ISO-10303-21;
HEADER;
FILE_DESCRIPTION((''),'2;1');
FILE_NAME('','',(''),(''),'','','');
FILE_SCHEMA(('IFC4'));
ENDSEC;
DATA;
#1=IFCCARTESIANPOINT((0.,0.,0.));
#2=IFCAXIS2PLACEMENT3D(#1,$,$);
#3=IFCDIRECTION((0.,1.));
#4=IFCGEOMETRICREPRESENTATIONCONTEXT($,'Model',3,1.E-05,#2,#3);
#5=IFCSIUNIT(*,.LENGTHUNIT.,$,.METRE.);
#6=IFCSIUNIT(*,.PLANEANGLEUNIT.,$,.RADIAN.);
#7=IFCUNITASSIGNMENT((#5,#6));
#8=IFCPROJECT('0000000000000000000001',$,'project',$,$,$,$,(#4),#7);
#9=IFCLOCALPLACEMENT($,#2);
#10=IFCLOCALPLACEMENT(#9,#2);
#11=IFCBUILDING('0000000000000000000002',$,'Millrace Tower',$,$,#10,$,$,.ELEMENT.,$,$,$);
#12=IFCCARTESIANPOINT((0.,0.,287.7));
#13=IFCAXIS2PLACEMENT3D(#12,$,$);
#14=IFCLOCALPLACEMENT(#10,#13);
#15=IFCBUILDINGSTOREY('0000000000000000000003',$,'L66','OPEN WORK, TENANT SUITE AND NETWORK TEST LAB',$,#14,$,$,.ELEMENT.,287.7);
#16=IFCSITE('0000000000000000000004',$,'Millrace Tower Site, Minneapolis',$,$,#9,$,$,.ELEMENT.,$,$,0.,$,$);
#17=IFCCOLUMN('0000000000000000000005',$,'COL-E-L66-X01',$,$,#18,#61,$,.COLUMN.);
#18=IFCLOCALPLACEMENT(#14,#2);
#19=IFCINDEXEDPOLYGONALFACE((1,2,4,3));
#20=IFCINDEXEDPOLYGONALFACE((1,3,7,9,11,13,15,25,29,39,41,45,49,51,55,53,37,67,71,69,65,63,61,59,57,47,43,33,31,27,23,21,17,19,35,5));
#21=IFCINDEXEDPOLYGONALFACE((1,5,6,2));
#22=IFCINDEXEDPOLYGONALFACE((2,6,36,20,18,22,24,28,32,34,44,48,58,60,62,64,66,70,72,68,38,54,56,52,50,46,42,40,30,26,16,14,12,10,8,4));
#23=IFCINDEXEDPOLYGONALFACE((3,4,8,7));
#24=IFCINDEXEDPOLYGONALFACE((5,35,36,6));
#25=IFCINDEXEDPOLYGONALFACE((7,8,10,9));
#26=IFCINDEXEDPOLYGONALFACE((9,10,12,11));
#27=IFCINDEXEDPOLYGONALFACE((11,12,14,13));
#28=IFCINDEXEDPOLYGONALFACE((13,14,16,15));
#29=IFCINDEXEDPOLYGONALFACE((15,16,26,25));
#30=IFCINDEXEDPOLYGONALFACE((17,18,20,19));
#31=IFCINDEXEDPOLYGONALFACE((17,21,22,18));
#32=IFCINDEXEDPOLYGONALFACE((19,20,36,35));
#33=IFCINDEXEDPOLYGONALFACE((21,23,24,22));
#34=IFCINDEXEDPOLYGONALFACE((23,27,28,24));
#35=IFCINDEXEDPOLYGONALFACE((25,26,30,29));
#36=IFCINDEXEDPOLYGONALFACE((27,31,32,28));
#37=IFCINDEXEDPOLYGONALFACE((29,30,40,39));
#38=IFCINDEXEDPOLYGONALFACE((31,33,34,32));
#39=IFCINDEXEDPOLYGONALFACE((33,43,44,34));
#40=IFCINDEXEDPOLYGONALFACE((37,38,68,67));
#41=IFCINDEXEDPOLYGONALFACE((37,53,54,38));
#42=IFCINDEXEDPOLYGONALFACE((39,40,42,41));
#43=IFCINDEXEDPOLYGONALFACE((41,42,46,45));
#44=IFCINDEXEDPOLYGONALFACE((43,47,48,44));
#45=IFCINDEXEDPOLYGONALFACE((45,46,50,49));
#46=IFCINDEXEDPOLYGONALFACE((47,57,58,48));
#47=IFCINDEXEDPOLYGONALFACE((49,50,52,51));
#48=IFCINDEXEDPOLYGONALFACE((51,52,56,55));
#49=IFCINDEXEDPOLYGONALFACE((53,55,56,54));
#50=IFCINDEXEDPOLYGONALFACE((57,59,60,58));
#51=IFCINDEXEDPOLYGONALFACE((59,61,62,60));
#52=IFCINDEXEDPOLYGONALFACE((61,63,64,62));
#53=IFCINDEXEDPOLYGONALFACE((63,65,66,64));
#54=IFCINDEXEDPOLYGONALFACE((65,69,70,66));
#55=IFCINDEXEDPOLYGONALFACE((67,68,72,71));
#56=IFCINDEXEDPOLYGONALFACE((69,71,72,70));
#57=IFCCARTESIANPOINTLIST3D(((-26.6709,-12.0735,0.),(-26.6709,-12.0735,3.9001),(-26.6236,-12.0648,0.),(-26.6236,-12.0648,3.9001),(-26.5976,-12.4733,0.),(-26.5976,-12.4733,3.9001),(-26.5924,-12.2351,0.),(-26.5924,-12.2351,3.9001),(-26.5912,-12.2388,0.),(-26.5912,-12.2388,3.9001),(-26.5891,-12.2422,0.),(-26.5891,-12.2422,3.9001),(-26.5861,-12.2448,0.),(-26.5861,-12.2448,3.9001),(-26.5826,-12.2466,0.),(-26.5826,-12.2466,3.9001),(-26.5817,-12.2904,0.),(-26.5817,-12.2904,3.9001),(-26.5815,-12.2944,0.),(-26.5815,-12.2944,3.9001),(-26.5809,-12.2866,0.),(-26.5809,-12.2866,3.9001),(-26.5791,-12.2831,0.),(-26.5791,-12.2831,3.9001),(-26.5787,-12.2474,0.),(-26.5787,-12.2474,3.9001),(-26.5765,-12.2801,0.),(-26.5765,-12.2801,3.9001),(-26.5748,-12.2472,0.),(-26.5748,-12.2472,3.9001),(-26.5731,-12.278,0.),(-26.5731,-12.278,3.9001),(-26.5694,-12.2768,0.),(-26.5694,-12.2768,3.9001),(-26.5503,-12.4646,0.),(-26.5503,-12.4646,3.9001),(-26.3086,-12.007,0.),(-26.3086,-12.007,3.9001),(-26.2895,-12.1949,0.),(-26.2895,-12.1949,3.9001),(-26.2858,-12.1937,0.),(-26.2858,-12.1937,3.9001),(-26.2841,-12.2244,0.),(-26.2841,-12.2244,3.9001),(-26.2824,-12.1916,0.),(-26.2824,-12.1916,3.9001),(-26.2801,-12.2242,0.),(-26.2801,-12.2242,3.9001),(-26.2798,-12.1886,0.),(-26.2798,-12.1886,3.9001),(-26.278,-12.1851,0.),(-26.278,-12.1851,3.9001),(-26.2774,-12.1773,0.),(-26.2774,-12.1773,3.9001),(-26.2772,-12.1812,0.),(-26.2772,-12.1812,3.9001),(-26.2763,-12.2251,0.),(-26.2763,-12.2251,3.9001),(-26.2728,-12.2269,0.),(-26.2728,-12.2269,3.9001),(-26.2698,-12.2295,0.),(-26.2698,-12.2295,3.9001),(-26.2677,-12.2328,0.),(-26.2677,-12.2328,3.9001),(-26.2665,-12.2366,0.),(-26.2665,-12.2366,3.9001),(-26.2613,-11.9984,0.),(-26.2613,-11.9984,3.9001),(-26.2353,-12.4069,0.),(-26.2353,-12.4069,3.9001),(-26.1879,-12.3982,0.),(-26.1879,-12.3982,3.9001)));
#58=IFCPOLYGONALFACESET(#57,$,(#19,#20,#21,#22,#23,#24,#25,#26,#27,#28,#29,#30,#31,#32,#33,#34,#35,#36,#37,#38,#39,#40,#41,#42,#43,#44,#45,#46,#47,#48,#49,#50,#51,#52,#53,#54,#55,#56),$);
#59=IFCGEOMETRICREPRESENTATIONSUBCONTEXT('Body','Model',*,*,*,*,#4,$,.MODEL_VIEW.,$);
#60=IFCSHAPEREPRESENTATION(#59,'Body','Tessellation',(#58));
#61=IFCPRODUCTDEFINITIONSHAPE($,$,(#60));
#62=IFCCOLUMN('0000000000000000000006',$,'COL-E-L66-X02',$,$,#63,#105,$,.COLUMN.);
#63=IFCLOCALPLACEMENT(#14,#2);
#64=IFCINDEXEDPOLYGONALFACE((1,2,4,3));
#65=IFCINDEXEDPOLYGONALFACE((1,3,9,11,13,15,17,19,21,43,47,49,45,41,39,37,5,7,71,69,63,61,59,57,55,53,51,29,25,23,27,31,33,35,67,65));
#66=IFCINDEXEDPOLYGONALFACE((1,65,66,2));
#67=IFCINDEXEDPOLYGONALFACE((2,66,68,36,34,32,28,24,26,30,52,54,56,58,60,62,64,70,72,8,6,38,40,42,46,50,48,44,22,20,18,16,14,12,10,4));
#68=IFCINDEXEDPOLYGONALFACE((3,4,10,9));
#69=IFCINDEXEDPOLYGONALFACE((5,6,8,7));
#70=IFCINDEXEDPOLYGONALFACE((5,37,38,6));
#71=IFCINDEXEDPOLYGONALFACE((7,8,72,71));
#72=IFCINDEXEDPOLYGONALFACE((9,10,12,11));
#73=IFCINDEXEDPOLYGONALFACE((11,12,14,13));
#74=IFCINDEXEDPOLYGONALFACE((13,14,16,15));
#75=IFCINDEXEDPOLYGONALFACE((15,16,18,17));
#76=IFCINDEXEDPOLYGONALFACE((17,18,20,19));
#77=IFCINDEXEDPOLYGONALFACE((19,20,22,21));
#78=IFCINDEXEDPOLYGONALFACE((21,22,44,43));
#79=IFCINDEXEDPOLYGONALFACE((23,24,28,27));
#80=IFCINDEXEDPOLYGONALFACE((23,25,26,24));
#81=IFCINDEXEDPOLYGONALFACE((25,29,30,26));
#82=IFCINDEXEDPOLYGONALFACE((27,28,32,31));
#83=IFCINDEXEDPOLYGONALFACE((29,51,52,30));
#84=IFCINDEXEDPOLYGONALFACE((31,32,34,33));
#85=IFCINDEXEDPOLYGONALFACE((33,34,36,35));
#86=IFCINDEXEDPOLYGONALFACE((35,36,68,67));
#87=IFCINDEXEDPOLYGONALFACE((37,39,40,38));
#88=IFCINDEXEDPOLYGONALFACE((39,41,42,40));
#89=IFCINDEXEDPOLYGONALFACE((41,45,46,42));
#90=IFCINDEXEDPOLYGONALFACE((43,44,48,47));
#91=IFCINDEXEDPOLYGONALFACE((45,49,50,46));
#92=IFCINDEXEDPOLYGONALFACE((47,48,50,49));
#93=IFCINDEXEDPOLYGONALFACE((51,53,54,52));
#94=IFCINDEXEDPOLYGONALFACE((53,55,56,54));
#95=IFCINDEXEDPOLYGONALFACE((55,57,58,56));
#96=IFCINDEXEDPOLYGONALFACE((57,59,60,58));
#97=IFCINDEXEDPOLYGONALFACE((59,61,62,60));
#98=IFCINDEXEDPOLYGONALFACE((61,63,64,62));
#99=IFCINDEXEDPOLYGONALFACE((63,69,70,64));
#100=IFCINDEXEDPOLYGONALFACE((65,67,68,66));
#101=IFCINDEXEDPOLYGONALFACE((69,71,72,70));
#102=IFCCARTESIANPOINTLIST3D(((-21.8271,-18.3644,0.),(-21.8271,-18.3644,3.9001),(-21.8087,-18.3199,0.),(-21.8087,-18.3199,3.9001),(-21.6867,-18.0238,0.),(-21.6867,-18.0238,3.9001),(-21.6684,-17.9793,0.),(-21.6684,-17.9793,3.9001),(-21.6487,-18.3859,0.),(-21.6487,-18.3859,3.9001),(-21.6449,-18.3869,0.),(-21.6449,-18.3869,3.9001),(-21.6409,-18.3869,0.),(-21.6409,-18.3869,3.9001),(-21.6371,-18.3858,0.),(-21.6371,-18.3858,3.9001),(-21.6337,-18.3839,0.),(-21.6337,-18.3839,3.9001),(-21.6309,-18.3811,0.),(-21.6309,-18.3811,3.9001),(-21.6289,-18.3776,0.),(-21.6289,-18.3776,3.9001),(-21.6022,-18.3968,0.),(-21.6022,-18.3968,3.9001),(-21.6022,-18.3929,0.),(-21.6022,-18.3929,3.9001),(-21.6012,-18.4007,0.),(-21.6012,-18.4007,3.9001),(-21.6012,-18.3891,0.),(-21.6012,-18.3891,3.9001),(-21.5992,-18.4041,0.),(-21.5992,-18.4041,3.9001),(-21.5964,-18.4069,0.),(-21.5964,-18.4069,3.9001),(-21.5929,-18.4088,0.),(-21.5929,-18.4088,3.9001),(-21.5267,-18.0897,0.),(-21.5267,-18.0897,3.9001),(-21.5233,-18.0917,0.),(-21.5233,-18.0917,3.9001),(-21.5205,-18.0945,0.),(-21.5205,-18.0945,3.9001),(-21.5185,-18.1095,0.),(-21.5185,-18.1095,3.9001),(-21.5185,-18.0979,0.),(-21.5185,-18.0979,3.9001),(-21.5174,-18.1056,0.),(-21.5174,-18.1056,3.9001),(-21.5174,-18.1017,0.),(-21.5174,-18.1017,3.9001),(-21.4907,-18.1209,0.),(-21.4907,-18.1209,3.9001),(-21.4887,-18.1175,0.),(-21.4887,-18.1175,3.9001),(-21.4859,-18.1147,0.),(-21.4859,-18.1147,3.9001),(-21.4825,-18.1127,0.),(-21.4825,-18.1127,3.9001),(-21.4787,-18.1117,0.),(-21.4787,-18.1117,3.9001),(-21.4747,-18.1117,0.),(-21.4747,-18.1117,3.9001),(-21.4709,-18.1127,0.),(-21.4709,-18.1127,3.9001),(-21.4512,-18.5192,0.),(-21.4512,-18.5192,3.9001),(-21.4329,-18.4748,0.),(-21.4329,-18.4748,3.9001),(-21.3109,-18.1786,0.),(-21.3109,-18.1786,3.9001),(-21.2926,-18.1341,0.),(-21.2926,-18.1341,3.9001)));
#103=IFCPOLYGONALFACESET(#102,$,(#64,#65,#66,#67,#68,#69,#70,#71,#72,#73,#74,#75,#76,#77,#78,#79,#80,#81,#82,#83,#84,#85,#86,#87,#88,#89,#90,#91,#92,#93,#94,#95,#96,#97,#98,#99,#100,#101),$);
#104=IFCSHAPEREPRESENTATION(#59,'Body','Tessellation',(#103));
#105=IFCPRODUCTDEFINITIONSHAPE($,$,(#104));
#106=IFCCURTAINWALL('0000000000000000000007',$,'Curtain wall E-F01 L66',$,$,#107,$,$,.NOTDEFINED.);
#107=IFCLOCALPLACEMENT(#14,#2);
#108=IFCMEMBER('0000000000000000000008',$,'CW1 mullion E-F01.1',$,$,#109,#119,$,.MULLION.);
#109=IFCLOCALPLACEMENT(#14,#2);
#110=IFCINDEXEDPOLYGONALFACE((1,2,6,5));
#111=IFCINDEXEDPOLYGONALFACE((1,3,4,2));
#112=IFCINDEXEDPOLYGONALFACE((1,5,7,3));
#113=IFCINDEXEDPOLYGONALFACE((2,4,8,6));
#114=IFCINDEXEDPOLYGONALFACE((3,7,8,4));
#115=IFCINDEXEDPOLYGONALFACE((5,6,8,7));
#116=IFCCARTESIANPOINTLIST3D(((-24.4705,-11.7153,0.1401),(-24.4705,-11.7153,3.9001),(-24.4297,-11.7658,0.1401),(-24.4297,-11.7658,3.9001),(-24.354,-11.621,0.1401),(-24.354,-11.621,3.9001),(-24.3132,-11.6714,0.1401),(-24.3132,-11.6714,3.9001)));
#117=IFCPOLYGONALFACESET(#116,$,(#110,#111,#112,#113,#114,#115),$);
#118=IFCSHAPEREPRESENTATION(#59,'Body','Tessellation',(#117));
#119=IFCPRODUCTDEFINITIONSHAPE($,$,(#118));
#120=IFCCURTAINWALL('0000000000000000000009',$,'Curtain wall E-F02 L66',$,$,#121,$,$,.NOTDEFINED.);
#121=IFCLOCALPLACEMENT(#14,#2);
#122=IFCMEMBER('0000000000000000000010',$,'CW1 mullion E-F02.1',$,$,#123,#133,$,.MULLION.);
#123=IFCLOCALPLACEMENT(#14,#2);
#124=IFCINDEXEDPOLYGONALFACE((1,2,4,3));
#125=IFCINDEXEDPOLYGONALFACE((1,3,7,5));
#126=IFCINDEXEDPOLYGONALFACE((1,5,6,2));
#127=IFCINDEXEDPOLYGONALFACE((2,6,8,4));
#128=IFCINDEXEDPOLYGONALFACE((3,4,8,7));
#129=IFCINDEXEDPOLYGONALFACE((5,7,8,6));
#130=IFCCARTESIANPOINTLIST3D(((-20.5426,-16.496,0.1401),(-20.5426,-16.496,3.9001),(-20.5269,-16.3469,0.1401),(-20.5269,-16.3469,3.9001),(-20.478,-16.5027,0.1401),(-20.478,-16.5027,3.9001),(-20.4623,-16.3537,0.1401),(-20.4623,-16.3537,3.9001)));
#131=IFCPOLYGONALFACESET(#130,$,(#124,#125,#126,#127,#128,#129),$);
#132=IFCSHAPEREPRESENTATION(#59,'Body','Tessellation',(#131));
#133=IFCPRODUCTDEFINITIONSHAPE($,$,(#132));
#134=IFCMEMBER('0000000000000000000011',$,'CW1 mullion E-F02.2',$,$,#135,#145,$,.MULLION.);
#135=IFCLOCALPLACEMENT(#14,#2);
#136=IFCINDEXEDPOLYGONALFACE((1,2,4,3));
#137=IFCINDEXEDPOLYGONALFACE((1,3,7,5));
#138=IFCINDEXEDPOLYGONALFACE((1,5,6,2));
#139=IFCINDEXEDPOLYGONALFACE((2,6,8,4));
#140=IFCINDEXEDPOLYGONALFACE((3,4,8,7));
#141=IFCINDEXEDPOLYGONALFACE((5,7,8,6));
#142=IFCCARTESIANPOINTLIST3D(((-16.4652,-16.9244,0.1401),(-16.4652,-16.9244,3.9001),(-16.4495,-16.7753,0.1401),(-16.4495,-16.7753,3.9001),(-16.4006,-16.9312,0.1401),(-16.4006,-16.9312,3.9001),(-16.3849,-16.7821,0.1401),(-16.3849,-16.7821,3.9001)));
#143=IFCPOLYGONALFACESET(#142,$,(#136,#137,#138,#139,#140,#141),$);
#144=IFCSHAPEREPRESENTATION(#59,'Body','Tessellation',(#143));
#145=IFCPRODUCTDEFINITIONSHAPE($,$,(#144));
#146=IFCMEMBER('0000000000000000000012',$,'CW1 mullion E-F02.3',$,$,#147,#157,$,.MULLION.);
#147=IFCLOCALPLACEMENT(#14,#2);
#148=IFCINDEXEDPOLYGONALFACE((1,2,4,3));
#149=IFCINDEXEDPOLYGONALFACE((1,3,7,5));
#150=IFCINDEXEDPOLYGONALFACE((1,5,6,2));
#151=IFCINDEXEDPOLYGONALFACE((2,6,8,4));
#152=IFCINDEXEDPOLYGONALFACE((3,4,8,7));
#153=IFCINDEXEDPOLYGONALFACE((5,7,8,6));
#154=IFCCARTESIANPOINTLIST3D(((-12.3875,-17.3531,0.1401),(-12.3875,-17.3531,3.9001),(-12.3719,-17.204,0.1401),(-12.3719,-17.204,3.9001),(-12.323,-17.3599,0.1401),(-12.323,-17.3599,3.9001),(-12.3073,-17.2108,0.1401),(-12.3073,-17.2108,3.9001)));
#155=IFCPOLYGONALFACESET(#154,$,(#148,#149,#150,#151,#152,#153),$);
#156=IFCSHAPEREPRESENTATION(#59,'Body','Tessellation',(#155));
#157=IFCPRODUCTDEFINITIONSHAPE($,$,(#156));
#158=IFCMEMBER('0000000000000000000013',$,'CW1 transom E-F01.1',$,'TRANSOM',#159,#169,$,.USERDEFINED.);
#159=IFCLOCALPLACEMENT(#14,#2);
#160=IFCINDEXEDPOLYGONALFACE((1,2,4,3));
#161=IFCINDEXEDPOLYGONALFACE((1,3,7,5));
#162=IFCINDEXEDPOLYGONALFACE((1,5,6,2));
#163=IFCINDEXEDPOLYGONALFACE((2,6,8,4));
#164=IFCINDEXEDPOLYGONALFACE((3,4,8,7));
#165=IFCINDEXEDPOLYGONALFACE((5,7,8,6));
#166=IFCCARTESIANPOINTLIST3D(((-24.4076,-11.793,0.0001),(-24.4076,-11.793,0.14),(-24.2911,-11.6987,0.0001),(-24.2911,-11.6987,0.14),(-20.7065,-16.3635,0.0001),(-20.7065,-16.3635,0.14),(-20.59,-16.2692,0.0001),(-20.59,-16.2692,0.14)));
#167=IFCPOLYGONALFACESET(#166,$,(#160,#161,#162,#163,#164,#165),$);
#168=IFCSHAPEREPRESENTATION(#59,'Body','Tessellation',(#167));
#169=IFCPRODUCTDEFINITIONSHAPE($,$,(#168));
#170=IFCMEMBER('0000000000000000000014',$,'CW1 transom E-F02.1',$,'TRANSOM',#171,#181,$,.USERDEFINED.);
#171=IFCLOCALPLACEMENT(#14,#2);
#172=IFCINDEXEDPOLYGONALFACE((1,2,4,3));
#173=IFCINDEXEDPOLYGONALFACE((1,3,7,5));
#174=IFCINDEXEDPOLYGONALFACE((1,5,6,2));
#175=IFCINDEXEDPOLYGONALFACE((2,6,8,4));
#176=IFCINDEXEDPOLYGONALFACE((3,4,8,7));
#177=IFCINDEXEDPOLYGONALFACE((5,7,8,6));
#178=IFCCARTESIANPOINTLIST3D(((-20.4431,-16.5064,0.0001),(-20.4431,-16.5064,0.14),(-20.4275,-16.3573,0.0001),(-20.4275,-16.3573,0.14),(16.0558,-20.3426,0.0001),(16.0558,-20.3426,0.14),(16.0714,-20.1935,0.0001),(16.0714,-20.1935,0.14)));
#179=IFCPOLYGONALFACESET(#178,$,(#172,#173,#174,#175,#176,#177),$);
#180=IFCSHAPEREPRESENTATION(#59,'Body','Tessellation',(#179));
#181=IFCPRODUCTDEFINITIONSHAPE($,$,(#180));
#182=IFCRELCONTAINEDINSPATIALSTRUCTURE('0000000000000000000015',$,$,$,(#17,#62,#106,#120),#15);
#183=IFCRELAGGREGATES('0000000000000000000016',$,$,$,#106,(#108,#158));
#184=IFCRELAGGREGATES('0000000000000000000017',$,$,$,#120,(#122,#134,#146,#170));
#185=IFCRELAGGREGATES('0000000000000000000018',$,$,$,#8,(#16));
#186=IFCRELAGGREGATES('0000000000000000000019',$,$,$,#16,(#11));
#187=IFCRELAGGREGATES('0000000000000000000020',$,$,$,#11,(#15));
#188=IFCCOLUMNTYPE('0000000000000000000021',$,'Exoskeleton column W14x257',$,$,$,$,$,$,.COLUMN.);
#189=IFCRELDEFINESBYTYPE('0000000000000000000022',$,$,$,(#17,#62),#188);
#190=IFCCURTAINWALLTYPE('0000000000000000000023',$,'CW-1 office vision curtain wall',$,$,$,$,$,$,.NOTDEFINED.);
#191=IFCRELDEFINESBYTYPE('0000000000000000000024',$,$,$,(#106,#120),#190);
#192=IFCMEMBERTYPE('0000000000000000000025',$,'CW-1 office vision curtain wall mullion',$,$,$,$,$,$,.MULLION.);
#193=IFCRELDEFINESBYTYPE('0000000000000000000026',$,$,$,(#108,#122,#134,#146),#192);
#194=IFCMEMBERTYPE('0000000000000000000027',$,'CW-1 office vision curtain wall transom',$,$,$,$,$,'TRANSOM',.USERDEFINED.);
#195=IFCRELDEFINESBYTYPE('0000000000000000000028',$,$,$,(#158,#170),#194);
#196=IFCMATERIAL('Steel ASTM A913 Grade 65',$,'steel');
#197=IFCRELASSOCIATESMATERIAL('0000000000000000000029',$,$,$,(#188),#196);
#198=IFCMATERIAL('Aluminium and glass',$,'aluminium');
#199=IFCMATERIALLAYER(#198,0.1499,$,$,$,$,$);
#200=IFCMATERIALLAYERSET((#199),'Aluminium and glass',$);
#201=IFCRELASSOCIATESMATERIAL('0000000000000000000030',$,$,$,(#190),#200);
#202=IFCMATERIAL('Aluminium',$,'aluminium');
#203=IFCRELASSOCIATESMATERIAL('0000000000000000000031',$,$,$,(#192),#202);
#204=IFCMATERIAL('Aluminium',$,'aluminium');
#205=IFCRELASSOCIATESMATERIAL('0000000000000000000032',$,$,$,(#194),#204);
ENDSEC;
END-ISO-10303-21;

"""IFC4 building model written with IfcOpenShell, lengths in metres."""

from ifc_helpers import new_model, si_unit, direction, frame, origin, origin_2d, place, context, subcontext, project, spatial, rectangle, i_section, extrude, material, layer, layer_set, material_profile, profile_set, type_object, element, aggregate, save


model = new_model("IFC4")

# Units and contexts
model_context = context("Model", 3, precision=1e-05, world=origin(), true_north=direction((0.0, 1.0)))
body_context = subcontext(model_context, "Body", "Model", "MODEL_VIEW")
ifc_project = project(units=[si_unit("LENGTHUNIT", "METRE"), si_unit("PLANEANGLEUNIT", "RADIAN")], contexts=[model_context])

# Site, building, storey
site_placement = place(None, origin())
site = spatial("IfcSite", under=ifc_project, at=site_placement, Name="Millrace Tower Site, Minneapolis", CompositionType="ELEMENT", RefElevation=0.0)
building_placement = place(site_placement, origin())
building = spatial("IfcBuilding", under=site, at=building_placement, Name="Millrace Tower", CompositionType="ELEMENT")
storey_placement = place(building_placement, frame((0.0, 0.0, 287.7)))
storey = spatial("IfcBuildingStorey", under=building, at=storey_placement, Name="L66", Description="OPEN WORK, TENANT SUITE AND NETWORK TEST LAB", CompositionType="ELEMENT", Elevation=287.7)

# Columns
ifc_material_1 = material(Name="Steel ASTM A913 Grade 65", Category="steel")
ifc_material_profile_1 = material_profile(ifc_material_1, i_section(OverallWidth=0.4065, OverallDepth=0.4165, WebThickness=0.03, FlangeThickness=0.0481, FilletRadius=0.0151, at=origin_2d()))
ifc_profile_set_1 = profile_set([ifc_material_profile_1], Name="Steel ASTM A913 Grade 65")
column_type = type_object("IfcColumnType", Name="Exoskeleton column W14x257", PredefinedType="COLUMN", material=ifc_profile_set_1)
for number, where, z_axis, x_axis, name in (
    (1, (-26.4294, -12.2358, 0.0), (0.0, 0.0, 1.0), (0.180387, -0.983596, 0.0), "COL-E-L66-X01"),
    (2, (-21.5598, -18.2493, 0.0), (0.0, 0.0, 1.0), (0.924597, -0.380947, 0.0), "COL-E-L66-X02"),
):
    element("IfcColumn", number, at=place(storey_placement, frame(where, z_axis=z_axis, x_axis=x_axis)), inside=storey, type_object=column_type, Name=name, PredefinedType="COLUMN", context=body_context, shape_type="SweptSolid", body=[
        extrude(i_section(OverallWidth=0.4065, OverallDepth=0.4165, WebThickness=0.03, FlangeThickness=0.0481, FilletRadius=0.0151, at=origin_2d()), origin(), (0.0, 0.0, 1.0), 3.9001),
    ])

# Curtain wall, member
ifc_material_2 = material(Name="Aluminium and glass", Category="aluminium")
ifc_layer_1 = layer(ifc_material_2, 0.1499)
ifc_layer_set_1 = layer_set([ifc_layer_1], Name="Aluminium and glass")
curtain_wall_type = type_object("IfcCurtainWallType", Name="CW-1 office vision curtain wall", PredefinedType="NOTDEFINED", material=ifc_layer_set_1)
placement = place(storey_placement, origin())
curtain_wall_1 = element("IfcCurtainWall", 3, at=placement, inside=storey, type_object=curtain_wall_type, Name="Curtain wall E-F01 L66", PredefinedType="NOTDEFINED")
ifc_material_3 = material(Name="Aluminium", Category="aluminium")
ifc_material_profile_2 = material_profile(ifc_material_3, rectangle(XDim=0.0649, YDim=0.1499, at=origin_2d()))
ifc_profile_set_2 = profile_set([ifc_material_profile_2], Name="Aluminium")
member_type_1 = type_object("IfcMemberType", Name="CW-1 office vision curtain wall mullion", PredefinedType="MULLION", material=ifc_profile_set_2)
member_1_placement = place(storey_placement, frame((-24.3918, -11.6934, 0.1401), z_axis=(0.0, 0.0, 1.0), x_axis=(0.62932, -0.777146, 0.0)))
member_1 = element("IfcMember", 4, at=member_1_placement, type_object=member_type_1, Name="CW1 mullion E-F01.1", PredefinedType="MULLION", context=body_context, shape_type="SweptSolid", body=[
    extrude(rectangle(XDim=0.0649, YDim=0.1499, at=origin_2d()), origin(), (0.0, 0.0, 1.0), 3.76),
])

# Curtain wall, members
curtain_wall_2 = element("IfcCurtainWall", 5, at=placement, inside=storey, type_object=curtain_wall_type, Name="Curtain wall E-F02 L66", PredefinedType="NOTDEFINED")
member_2_placement = place(storey_placement, frame((-20.5024, -16.4248, 0.1401), z_axis=(0.0, 0.0, 1.0), x_axis=(0.994522, -0.104528, 0.0)))
member_2 = element("IfcMember", 6, at=member_2_placement, type_object=member_type_1, Name="CW1 mullion E-F02.1", PredefinedType="MULLION", context=body_context, shape_type="SweptSolid", body=[
    extrude(rectangle(XDim=0.0649, YDim=0.1499, at=origin_2d()), origin(), (0.0, 0.0, 1.0), 3.76),
])
member_3_placement = place(storey_placement, frame((-16.425, -16.8533, 0.1401), z_axis=(0.0, 0.0, 1.0), x_axis=(0.994522, -0.104528, 0.0)))
member_3 = element("IfcMember", 7, at=member_3_placement, type_object=member_type_1, Name="CW1 mullion E-F02.2", PredefinedType="MULLION", context=body_context, shape_type="SweptSolid", body=[
    extrude(rectangle(XDim=0.0649, YDim=0.1499, at=origin_2d()), origin(), (0.0, 0.0, 1.0), 3.76),
])
member_4_placement = place(storey_placement, frame((-12.3474, -17.282, 0.1401), z_axis=(0.0, 0.0, 1.0), x_axis=(0.994522, -0.104528, 0.0)))
member_4 = element("IfcMember", 8, at=member_4_placement, type_object=member_type_1, Name="CW1 mullion E-F02.3", PredefinedType="MULLION", context=body_context, shape_type="SweptSolid", body=[
    extrude(rectangle(XDim=0.0649, YDim=0.1499, at=origin_2d()), origin(), (0.0, 0.0, 1.0), 3.76),
])

# Members
ifc_material_4 = material(Name="Aluminium", Category="aluminium")
ifc_material_profile_3 = material_profile(ifc_material_4, rectangle(XDim=0.1499, YDim=0.1399, at=origin_2d()))
ifc_profile_set_3 = profile_set([ifc_material_profile_3], Name="Aluminium")
member_type_2 = type_object("IfcMemberType", Name="CW-1 office vision curtain wall transom", ElementType="TRANSOM", PredefinedType="USERDEFINED", material=ifc_profile_set_3)
member_5_placement = place(storey_placement, frame((-24.3494, -11.7458, 0.0701), z_axis=(0.629321, -0.777145, 0.0), x_axis=(0.777145, 0.629321, 0.0)))
member_5 = element("IfcMember", 9, at=member_5_placement, type_object=member_type_2, Name="CW1 transom E-F01.1", ObjectType="TRANSOM", PredefinedType="USERDEFINED", context=body_context, shape_type="SweptSolid", body=[
    extrude(rectangle(XDim=0.1499, YDim=0.1399, at=origin_2d()), origin(), (0.0, 0.0, 1.0), 5.8811),
])
aggregate(curtain_wall_1, [member_1, member_5])
member_6_placement = place(storey_placement, frame((-20.4353, -16.4319, 0.0701), z_axis=(0.994522, -0.104528, 0.0), x_axis=(0.104528, 0.994522, 0.0)))
member_6 = element("IfcMember", 10, at=member_6_placement, type_object=member_type_2, Name="CW1 transom E-F02.1", ObjectType="TRANSOM", PredefinedType="USERDEFINED", context=body_context, shape_type="SweptSolid", body=[
    extrude(rectangle(XDim=0.1499, YDim=0.1399, at=origin_2d()), origin(), (0.0, 0.0, 1.0), 36.7),
])
aggregate(curtain_wall_2, [member_2, member_3, member_4, member_6])

save(model, "model.ifc")
